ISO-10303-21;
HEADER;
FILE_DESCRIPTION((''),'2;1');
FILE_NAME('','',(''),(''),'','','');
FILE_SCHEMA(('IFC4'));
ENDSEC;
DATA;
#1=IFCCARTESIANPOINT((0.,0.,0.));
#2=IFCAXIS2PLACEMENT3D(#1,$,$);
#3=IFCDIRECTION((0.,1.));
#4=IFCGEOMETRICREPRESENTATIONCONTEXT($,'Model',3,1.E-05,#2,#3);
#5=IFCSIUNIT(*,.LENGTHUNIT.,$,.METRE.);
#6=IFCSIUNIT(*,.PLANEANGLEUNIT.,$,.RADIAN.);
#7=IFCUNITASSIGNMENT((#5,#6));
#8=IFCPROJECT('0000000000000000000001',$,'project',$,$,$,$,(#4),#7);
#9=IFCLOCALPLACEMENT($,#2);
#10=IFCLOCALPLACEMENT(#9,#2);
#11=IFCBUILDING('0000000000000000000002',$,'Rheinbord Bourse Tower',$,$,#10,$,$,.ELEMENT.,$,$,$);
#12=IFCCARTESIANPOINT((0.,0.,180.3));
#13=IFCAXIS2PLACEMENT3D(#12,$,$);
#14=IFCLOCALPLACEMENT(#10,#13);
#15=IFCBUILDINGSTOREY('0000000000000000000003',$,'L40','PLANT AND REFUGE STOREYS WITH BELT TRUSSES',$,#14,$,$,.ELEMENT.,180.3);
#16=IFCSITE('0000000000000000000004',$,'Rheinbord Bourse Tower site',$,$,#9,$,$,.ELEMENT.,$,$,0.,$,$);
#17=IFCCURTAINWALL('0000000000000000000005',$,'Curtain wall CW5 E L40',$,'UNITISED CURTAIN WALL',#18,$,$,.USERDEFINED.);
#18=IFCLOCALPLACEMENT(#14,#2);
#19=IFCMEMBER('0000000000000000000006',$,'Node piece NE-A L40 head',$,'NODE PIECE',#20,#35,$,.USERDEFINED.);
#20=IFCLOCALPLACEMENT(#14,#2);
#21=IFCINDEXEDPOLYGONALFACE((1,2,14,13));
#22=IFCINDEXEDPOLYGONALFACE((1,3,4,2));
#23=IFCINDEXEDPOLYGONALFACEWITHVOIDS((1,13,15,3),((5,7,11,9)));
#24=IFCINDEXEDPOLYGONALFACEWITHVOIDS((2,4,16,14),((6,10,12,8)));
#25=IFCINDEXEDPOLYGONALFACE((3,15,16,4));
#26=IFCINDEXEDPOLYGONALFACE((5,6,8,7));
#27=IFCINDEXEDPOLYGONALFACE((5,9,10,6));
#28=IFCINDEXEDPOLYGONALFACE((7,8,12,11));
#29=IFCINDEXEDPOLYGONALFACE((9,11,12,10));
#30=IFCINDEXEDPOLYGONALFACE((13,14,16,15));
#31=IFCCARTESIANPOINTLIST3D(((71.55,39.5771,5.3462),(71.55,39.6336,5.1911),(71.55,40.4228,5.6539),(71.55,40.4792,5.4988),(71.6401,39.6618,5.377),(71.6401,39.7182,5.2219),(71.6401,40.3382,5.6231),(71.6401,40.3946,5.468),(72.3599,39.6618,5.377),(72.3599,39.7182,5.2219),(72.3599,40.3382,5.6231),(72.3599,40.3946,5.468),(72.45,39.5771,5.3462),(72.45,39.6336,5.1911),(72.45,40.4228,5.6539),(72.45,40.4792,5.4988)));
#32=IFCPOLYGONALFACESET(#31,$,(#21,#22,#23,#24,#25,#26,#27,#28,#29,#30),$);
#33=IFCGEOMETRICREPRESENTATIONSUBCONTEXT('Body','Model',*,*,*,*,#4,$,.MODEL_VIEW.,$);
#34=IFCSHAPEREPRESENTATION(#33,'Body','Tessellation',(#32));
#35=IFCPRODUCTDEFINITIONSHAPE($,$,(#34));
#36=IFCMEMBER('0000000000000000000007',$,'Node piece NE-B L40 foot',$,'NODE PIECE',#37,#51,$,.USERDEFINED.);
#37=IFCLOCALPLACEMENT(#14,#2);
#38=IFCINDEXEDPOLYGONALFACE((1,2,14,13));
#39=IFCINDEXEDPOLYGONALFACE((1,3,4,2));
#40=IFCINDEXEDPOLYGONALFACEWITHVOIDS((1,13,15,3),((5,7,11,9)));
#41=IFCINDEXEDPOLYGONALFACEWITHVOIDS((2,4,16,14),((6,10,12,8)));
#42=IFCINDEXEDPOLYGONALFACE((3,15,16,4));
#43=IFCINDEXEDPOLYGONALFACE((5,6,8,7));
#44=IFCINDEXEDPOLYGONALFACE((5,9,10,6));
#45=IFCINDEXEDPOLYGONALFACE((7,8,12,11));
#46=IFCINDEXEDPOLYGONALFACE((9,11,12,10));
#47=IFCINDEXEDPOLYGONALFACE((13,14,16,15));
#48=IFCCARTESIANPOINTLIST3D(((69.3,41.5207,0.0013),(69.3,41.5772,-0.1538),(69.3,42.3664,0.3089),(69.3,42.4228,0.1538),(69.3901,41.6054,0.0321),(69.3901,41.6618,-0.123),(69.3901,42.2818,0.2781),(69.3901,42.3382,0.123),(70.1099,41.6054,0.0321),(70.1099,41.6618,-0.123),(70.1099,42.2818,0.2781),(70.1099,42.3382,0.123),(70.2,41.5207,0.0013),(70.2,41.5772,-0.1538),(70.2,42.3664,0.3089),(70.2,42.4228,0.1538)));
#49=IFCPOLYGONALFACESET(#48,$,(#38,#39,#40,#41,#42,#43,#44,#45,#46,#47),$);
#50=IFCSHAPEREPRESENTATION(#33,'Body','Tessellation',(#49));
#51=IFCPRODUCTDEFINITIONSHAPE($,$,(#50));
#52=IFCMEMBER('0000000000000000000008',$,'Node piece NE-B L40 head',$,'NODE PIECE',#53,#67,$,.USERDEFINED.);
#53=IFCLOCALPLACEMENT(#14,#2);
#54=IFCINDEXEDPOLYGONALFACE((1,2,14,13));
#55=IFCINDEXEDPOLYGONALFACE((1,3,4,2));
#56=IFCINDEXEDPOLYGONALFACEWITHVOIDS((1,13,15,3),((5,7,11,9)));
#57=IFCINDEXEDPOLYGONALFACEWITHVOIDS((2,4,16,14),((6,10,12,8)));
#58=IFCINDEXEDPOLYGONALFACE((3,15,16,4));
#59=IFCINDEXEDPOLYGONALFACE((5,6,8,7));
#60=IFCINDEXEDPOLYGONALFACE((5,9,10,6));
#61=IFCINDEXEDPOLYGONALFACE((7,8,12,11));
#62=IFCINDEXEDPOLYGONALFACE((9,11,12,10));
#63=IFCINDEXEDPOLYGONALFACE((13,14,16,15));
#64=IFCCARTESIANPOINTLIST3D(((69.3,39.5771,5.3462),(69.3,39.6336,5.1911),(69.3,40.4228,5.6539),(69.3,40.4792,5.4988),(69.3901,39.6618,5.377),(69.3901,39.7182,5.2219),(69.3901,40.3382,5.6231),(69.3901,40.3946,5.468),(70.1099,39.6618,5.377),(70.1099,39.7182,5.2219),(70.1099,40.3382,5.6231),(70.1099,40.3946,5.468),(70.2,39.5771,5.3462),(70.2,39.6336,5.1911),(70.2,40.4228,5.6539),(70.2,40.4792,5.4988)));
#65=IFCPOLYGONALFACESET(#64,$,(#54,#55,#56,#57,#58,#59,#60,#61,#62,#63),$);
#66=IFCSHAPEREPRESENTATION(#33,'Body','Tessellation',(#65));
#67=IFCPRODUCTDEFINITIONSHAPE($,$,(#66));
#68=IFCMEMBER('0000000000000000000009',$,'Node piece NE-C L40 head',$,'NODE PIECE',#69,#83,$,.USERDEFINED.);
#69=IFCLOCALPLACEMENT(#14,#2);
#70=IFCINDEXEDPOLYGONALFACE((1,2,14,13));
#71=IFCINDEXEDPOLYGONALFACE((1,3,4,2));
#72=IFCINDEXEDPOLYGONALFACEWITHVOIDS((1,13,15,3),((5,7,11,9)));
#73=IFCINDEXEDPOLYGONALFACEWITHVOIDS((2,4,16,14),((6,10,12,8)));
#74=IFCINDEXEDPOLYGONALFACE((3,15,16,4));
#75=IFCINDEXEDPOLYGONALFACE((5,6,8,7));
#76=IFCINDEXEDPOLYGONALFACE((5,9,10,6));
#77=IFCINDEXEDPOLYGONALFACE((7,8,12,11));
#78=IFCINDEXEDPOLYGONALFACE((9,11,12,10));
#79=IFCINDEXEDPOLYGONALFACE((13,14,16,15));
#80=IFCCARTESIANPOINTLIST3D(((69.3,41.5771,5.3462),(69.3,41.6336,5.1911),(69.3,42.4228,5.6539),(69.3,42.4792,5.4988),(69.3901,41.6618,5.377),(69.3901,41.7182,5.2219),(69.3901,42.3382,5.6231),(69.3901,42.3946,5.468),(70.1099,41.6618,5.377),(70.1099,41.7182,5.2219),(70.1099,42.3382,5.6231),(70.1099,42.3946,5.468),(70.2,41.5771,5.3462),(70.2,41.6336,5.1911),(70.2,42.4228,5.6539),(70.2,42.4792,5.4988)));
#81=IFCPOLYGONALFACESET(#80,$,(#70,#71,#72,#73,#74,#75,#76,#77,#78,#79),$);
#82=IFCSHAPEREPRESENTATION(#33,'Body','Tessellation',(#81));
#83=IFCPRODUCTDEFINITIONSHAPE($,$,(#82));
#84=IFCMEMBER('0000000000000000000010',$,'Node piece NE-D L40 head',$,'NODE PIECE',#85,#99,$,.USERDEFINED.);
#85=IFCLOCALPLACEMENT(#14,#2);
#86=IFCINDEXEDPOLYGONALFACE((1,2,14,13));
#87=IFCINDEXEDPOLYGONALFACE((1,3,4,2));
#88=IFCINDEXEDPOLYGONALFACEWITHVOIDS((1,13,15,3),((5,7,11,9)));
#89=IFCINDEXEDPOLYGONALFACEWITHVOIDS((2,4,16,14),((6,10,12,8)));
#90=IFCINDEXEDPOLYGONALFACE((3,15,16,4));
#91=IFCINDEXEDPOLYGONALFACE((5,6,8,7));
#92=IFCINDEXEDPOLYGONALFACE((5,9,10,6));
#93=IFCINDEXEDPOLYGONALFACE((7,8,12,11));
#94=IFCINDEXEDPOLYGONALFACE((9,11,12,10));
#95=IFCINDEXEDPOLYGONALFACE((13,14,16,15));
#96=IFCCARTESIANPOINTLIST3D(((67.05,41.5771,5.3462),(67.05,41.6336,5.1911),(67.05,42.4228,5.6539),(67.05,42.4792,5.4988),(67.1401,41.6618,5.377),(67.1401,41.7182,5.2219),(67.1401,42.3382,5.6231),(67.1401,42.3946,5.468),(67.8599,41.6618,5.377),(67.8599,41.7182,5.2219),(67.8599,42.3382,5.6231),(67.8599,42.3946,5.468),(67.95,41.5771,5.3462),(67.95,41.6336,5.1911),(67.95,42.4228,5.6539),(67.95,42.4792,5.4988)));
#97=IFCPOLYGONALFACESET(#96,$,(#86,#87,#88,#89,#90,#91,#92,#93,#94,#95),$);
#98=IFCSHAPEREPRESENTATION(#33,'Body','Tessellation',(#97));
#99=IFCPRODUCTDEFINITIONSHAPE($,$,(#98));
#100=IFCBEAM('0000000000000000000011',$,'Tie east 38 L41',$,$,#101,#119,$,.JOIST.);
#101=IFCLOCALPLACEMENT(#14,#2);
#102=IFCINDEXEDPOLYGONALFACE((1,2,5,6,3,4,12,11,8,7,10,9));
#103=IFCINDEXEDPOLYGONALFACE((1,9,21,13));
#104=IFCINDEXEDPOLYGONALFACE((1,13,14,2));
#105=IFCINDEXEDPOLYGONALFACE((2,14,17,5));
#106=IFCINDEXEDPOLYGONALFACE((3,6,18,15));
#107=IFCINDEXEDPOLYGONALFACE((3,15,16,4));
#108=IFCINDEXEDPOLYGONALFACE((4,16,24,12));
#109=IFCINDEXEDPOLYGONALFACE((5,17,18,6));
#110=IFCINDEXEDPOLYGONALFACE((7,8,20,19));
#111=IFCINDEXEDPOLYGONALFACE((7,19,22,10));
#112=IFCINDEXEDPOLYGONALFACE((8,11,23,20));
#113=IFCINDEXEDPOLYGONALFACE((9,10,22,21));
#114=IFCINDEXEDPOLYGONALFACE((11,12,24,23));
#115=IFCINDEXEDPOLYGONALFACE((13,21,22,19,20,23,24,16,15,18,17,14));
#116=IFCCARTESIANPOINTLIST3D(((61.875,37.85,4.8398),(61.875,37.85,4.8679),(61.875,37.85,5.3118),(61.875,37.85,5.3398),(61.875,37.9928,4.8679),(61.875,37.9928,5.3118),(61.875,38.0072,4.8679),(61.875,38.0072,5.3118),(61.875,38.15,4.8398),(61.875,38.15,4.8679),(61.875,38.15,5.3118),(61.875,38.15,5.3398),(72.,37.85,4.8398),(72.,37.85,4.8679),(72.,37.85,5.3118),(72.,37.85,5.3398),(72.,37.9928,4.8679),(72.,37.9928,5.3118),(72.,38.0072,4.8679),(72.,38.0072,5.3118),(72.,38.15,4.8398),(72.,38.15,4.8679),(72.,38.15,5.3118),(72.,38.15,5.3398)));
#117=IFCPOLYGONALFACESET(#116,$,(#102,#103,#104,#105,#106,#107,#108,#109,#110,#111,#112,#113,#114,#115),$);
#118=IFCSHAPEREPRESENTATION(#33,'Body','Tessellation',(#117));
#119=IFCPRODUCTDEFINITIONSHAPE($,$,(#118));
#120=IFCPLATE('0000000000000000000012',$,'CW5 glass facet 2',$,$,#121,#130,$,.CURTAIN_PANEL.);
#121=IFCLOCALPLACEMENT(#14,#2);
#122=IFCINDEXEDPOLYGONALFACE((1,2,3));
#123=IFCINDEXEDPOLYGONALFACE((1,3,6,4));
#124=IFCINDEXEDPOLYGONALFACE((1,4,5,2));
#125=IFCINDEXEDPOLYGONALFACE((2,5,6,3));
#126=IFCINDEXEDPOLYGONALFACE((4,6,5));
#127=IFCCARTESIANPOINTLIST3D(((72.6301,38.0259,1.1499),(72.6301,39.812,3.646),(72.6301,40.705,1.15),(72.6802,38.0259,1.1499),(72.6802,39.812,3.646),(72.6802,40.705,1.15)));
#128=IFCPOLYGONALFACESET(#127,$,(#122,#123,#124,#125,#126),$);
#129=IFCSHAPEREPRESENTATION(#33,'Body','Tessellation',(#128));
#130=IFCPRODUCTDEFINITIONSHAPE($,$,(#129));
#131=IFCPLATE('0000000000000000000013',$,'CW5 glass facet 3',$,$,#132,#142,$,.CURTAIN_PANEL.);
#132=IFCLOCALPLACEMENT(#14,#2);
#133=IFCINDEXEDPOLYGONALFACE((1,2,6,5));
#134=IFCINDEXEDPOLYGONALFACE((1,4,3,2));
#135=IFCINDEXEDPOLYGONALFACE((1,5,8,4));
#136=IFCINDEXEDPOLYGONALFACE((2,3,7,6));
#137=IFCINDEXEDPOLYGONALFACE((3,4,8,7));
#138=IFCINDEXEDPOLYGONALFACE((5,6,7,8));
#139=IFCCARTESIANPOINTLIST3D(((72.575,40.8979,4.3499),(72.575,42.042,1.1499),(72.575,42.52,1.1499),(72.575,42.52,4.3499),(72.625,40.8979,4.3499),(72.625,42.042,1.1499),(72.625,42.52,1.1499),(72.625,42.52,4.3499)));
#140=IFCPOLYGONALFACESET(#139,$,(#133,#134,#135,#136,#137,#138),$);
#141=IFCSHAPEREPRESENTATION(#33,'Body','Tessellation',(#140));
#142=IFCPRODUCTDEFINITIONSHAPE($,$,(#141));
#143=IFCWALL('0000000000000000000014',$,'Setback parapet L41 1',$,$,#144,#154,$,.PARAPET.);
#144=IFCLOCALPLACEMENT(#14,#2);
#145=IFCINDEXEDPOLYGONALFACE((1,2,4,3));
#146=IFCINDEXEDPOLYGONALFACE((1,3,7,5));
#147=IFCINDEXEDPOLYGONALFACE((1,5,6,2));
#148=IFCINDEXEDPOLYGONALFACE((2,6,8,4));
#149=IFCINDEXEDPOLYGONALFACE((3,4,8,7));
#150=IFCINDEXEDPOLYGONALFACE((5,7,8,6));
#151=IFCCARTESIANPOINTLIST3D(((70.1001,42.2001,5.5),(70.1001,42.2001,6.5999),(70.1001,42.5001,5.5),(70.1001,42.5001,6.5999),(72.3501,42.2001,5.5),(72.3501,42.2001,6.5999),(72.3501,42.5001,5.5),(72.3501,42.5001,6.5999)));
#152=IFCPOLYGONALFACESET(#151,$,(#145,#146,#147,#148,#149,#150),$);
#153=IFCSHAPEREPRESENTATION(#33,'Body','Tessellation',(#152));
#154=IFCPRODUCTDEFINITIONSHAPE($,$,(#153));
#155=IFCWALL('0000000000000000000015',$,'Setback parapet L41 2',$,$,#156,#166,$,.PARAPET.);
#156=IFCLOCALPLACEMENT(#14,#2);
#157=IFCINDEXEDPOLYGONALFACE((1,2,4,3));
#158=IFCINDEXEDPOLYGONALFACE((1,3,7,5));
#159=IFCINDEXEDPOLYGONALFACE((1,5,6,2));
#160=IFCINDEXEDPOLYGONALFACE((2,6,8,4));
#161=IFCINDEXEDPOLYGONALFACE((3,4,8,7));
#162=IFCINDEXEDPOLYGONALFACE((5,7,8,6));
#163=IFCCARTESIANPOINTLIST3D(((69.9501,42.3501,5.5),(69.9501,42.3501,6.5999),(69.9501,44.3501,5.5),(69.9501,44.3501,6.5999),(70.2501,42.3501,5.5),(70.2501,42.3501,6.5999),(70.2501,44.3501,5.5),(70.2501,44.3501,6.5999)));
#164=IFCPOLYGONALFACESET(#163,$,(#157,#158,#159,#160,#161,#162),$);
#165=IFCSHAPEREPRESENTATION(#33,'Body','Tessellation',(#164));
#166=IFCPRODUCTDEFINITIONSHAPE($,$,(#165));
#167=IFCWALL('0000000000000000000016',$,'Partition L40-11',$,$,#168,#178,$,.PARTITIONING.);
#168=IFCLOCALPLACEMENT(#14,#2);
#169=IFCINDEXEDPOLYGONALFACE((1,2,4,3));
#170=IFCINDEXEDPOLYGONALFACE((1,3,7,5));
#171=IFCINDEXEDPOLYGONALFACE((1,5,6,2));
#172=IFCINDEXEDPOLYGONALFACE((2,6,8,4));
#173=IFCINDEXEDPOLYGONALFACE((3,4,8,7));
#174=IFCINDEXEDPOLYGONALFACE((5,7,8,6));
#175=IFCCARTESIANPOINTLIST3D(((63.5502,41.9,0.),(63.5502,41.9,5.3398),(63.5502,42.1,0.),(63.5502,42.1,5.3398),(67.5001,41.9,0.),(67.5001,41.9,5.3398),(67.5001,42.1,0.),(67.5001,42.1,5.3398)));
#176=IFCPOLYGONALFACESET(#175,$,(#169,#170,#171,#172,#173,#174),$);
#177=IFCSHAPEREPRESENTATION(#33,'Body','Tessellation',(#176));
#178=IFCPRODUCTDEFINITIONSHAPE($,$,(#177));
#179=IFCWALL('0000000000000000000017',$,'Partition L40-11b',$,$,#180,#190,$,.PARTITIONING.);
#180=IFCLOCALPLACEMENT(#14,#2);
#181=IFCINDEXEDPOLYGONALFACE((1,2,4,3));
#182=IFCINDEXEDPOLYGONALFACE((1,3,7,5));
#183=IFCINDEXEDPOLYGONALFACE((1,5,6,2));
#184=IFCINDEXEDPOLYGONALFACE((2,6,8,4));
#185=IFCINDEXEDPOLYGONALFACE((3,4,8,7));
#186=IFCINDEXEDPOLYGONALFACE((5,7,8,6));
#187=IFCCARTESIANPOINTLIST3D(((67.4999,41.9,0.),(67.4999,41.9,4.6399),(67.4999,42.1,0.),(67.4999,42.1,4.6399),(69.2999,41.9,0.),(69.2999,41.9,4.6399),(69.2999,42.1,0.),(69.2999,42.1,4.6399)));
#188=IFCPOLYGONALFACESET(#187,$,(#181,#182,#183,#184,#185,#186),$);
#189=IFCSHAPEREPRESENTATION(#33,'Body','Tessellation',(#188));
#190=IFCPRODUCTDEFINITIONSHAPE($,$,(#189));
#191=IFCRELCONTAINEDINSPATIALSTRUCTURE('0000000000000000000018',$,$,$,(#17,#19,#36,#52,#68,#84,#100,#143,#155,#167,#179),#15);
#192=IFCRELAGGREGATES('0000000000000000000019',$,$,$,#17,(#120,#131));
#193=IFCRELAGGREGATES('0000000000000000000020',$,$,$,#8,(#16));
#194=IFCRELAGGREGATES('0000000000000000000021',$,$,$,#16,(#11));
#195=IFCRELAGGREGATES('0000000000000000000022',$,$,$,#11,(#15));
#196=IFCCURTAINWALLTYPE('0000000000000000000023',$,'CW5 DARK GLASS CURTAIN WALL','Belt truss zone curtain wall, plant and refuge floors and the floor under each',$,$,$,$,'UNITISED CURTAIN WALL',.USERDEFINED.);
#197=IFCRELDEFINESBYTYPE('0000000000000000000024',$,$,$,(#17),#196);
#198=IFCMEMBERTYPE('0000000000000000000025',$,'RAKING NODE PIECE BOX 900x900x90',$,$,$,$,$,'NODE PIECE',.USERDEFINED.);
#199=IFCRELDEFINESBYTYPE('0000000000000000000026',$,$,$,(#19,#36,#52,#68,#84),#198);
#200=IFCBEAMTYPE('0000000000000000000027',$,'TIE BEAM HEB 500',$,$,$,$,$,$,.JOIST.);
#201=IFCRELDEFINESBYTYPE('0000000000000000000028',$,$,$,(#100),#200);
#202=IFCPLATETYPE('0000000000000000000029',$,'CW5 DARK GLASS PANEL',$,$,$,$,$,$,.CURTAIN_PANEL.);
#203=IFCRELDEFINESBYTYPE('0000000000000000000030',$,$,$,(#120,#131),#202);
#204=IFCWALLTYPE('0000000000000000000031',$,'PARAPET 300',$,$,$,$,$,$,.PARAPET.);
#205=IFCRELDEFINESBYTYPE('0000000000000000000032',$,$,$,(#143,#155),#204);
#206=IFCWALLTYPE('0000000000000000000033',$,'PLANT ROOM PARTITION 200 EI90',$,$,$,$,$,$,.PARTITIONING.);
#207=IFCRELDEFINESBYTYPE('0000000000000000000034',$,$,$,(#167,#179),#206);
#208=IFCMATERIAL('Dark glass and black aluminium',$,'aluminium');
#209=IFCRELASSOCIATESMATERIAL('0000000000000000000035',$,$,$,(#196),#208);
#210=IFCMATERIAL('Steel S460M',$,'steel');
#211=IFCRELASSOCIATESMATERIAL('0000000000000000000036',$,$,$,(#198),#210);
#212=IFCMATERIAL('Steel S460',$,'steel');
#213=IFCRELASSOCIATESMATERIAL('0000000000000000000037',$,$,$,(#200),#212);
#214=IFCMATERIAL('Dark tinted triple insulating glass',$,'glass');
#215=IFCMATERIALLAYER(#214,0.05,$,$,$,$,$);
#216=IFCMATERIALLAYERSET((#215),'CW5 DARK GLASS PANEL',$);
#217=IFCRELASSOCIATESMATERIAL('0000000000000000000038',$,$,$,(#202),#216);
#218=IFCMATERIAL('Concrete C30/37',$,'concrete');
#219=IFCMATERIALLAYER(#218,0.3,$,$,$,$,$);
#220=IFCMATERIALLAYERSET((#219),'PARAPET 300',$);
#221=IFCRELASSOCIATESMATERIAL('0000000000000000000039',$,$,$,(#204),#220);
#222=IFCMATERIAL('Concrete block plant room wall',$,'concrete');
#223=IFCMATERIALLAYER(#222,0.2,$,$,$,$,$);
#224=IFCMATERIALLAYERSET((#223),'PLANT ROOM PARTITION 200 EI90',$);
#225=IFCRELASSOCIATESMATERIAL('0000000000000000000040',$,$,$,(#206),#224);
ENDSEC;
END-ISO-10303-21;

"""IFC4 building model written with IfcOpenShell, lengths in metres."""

from ifc_helpers import new_model, si_unit, direction, frame, frame_2d, origin, origin_2d, place, context, subcontext, project, spatial, polyline, rectangle, hollow_rectangle, i_section, outline, extrude, material, layer, layer_set, material_profile, profile_set, type_object, element, aggregate, save


model = new_model("IFC4")

# Units and contexts
model_context = context("Model", 3, precision=1e-05, world=origin(), true_north=direction((0.0, 1.0)))
body_context = subcontext(model_context, "Body", "Model", "MODEL_VIEW")
ifc_project = project(units=[si_unit("LENGTHUNIT", "METRE"), si_unit("PLANEANGLEUNIT", "RADIAN")], contexts=[model_context])

# Site, building, storey
site_placement = place(None, origin())
site = spatial("IfcSite", under=ifc_project, at=site_placement, Name="Rheinbord Bourse Tower site", CompositionType="ELEMENT", RefElevation=0.0)
building_placement = place(site_placement, origin())
building = spatial("IfcBuilding", under=site, at=building_placement, Name="Rheinbord Bourse Tower", CompositionType="ELEMENT")
storey_placement = place(building_placement, frame((0.0, 0.0, 180.3)))
storey = spatial("IfcBuildingStorey", under=building, at=storey_placement, Name="L40", Description="PLANT AND REFUGE STOREYS WITH BELT TRUSSES", CompositionType="ELEMENT", Elevation=180.3)

# Curtain wall
ifc_material_1 = material(Name="Dark glass and black aluminium", Category="aluminium")
curtain_wall_type = type_object("IfcCurtainWallType", Name="CW5 DARK GLASS CURTAIN WALL", Description="Belt truss zone curtain wall, plant and refuge floors and the floor under each", ElementType="UNITISED CURTAIN WALL", PredefinedType="USERDEFINED", material=ifc_material_1)
curtain_wall_placement = place(storey_placement, origin())
curtain_wall = element("IfcCurtainWall", 1, at=curtain_wall_placement, inside=storey, type_object=curtain_wall_type, Name="Curtain wall CW5 E L40", ObjectType="UNITISED CURTAIN WALL", PredefinedType="USERDEFINED")

# Members
ifc_material_2 = material(Name="Steel S460M", Category="steel")
ifc_material_profile_1 = material_profile(ifc_material_2, hollow_rectangle(XDim=0.8999, YDim=0.8999, WallThickness=0.0901, at=origin_2d()), Name="BOX 900x900x90")
ifc_profile_set_1 = profile_set([ifc_material_profile_1], Name="Steel S460M")
member_type_1 = type_object("IfcMemberType", Name="RAKING NODE PIECE BOX 900x900x90", ElementType="NODE PIECE", PredefinedType="USERDEFINED", material=ifc_profile_set_1)
for number, where, z_axis, x_axis, name in (
    (2, (72.0, 40.0564, 5.345), (0.0, -0.341862, 0.93975), (1.0, 0.0, 0.0), "Node piece NE-A L40 head"),
    (3, (69.75, 42.0, 0.0), (0.0, -0.341862, 0.93975), (1.0, 0.0, 0.0), "Node piece NE-B L40 foot"),
    (4, (69.75, 40.0564, 5.345), (0.0, -0.341862, 0.93975), (1.0, 0.0, 0.0), "Node piece NE-B L40 head"),
    (5, (69.75, 42.0564, 5.345), (0.0, -0.341862, 0.93975), (1.0, 0.0, 0.0), "Node piece NE-C L40 head"),
    (6, (67.5, 42.0564, 5.345), (0.0, -0.341862, 0.93975), (0.0, 0.93975, 0.341862), "Node piece NE-D L40 head"),
):
    element("IfcMember", number, at=place(storey_placement, frame(where, z_axis=z_axis, x_axis=x_axis)), inside=storey, type_object=member_type_1, Name=name, ObjectType="NODE PIECE", PredefinedType="USERDEFINED", context=body_context, shape_type="SweptSolid", body=[
        extrude(hollow_rectangle(XDim=0.8999, YDim=0.8999, WallThickness=0.0901, at=origin_2d()), origin(), (0.0, 0.0, 1.0), 0.165),
    ])

# Beam
ifc_material_3 = material(Name="Steel S460", Category="steel")
ifc_material_profile_2 = material_profile(ifc_material_3, i_section(OverallWidth=0.3, OverallDepth=0.5, WebThickness=0.0144, FlangeThickness=0.0281, at=origin_2d()), Name="HEB 500")
ifc_profile_set_2 = profile_set([ifc_material_profile_2], Name="Steel S460")
beam_type_1 = type_object("IfcBeamType", Name="TIE BEAM HEB 500", PredefinedType="JOIST", material=ifc_profile_set_2)
beam_1_placement = place(storey_placement, frame((61.875, 38.0, 5.0898), z_axis=(1.0, 0.0, 0.0), x_axis=(0.0, 1.0, 0.0)))
element("IfcBeam", 7, at=beam_1_placement, inside=storey, type_object=beam_type_1, Name="Tie east 38 L41", PredefinedType="JOIST", context=body_context, shape_type="SweptSolid", body=[
    extrude(i_section(OverallWidth=0.3, OverallDepth=0.5, WebThickness=0.0144, FlangeThickness=0.0281, at=origin_2d()), origin(), (0.0, 0.0, 1.0), 10.125),
])

# Plates
ifc_material_4 = material(Name="Dark tinted triple insulating glass", Category="glass")
ifc_layer_1 = layer(ifc_material_4, 0.05)
ifc_layer_set_1 = layer_set([ifc_layer_1], Name="CW5 DARK GLASS PANEL")
plate_type = type_object("IfcPlateType", Name="CW5 DARK GLASS PANEL", PredefinedType="CURTAIN_PANEL", material=ifc_layer_set_1)
plate_1_placement = place(storey_placement, frame((72.6802, 38.0259, 1.1499), z_axis=(-1.0, 0.0, 0.0), x_axis=(0.0, 0.58193, 0.813239)))
plate_1 = element("IfcPlate", 8, at=plate_1_placement, type_object=plate_type, Name="CW5 glass facet 2", PredefinedType="CURTAIN_PANEL", context=body_context, shape_type="SweptSolid", body=[
    extrude(outline(polyline([(0.0, 0.0), (3.0693, 0.0), (1.5591, 2.1787), (0.0, 0.0)])), origin(), (0.0, 0.0, 1.0), 0.05),
])
plate_2_placement = place(storey_placement, frame((72.625, 42.52, 4.3499), z_axis=(-1.0, 0.0, 0.0), x_axis=(0.0, 0.0, -1.0)))
plate_2 = element("IfcPlate", 9, at=plate_2_placement, type_object=plate_type, Name="CW5 glass facet 3", PredefinedType="CURTAIN_PANEL", context=body_context, shape_type="SweptSolid", body=[
    extrude(outline(polyline([(0.0, 0.0), (3.2, 0.0), (3.2, 0.478), (0.0, 1.6221), (0.0, 0.0)])), origin(), (0.0, 0.0, 1.0), 0.05),
])
aggregate(curtain_wall, [plate_1, plate_2])

# Walls
ifc_material_5 = material(Name="Concrete C30/37", Category="concrete")
ifc_layer_2 = layer(ifc_material_5, 0.3)
ifc_layer_set_2 = layer_set([ifc_layer_2], Name="PARAPET 300")
wall_type_1 = type_object("IfcWallType", Name="PARAPET 300", PredefinedType="PARAPET", material=ifc_layer_set_2)
wall_1_placement = place(storey_placement, frame((72.3501, 42.3501, 5.5), z_axis=(0.0, 0.0, 1.0), x_axis=(-1.0, 0.0, 0.0)))
element("IfcWall", 10, at=wall_1_placement, inside=storey, type_object=wall_type_1, Name="Setback parapet L41 1", PredefinedType="PARAPET", context=body_context, shape_type="SweptSolid", body=[
    extrude(rectangle(XDim=2.25, YDim=0.3, at=frame_2d((1.125, 0.0))), origin(), (0.0, 0.0, 1.0), 1.0999),
])
wall_2_placement = place(storey_placement, frame((70.1001, 42.3501, 5.5), z_axis=(0.0, 0.0, 1.0), x_axis=(0.0, 1.0, 0.0)))
element("IfcWall", 11, at=wall_2_placement, inside=storey, type_object=wall_type_1, Name="Setback parapet L41 2", PredefinedType="PARAPET", context=body_context, shape_type="SweptSolid", body=[
    extrude(rectangle(XDim=2.0, YDim=0.3, at=frame_2d((1.0, 0.0))), origin(), (0.0, 0.0, 1.0), 1.0999),
])
ifc_material_6 = material(Name="Concrete block plant room wall", Category="concrete")
ifc_layer_3 = layer(ifc_material_6, 0.2)
ifc_layer_set_3 = layer_set([ifc_layer_3], Name="PLANT ROOM PARTITION 200 EI90")
wall_type_2 = type_object("IfcWallType", Name="PLANT ROOM PARTITION 200 EI90", PredefinedType="PARTITIONING", material=ifc_layer_set_3)
wall_3_placement = place(storey_placement, frame((63.55, 42.0, 0.0), z_axis=(0.0, 0.0, 1.0), x_axis=(1.0, 0.0, 0.0)))
element("IfcWall", 12, at=wall_3_placement, inside=storey, type_object=wall_type_2, Name="Partition L40-11", PredefinedType="PARTITIONING", context=body_context, shape_type="SweptSolid", body=[
    extrude(rectangle(XDim=3.95, YDim=0.2, at=frame_2d((1.9751, 0.0))), origin(), (0.0, 0.0, 1.0), 5.3398),
])
wall_4_placement = place(storey_placement, frame((67.5, 42.0, 0.0), z_axis=(0.0, 0.0, 1.0), x_axis=(1.0, 0.0, 0.0)))
element("IfcWall", 13, at=wall_4_placement, inside=storey, type_object=wall_type_2, Name="Partition L40-11b", PredefinedType="PARTITIONING", context=body_context, shape_type="SweptSolid", body=[
    extrude(rectangle(XDim=1.8, YDim=0.2, at=frame_2d((0.8999, 0.0))), origin(), (0.0, 0.0, 1.0), 4.6399),
])

save(model, "model.ifc")
